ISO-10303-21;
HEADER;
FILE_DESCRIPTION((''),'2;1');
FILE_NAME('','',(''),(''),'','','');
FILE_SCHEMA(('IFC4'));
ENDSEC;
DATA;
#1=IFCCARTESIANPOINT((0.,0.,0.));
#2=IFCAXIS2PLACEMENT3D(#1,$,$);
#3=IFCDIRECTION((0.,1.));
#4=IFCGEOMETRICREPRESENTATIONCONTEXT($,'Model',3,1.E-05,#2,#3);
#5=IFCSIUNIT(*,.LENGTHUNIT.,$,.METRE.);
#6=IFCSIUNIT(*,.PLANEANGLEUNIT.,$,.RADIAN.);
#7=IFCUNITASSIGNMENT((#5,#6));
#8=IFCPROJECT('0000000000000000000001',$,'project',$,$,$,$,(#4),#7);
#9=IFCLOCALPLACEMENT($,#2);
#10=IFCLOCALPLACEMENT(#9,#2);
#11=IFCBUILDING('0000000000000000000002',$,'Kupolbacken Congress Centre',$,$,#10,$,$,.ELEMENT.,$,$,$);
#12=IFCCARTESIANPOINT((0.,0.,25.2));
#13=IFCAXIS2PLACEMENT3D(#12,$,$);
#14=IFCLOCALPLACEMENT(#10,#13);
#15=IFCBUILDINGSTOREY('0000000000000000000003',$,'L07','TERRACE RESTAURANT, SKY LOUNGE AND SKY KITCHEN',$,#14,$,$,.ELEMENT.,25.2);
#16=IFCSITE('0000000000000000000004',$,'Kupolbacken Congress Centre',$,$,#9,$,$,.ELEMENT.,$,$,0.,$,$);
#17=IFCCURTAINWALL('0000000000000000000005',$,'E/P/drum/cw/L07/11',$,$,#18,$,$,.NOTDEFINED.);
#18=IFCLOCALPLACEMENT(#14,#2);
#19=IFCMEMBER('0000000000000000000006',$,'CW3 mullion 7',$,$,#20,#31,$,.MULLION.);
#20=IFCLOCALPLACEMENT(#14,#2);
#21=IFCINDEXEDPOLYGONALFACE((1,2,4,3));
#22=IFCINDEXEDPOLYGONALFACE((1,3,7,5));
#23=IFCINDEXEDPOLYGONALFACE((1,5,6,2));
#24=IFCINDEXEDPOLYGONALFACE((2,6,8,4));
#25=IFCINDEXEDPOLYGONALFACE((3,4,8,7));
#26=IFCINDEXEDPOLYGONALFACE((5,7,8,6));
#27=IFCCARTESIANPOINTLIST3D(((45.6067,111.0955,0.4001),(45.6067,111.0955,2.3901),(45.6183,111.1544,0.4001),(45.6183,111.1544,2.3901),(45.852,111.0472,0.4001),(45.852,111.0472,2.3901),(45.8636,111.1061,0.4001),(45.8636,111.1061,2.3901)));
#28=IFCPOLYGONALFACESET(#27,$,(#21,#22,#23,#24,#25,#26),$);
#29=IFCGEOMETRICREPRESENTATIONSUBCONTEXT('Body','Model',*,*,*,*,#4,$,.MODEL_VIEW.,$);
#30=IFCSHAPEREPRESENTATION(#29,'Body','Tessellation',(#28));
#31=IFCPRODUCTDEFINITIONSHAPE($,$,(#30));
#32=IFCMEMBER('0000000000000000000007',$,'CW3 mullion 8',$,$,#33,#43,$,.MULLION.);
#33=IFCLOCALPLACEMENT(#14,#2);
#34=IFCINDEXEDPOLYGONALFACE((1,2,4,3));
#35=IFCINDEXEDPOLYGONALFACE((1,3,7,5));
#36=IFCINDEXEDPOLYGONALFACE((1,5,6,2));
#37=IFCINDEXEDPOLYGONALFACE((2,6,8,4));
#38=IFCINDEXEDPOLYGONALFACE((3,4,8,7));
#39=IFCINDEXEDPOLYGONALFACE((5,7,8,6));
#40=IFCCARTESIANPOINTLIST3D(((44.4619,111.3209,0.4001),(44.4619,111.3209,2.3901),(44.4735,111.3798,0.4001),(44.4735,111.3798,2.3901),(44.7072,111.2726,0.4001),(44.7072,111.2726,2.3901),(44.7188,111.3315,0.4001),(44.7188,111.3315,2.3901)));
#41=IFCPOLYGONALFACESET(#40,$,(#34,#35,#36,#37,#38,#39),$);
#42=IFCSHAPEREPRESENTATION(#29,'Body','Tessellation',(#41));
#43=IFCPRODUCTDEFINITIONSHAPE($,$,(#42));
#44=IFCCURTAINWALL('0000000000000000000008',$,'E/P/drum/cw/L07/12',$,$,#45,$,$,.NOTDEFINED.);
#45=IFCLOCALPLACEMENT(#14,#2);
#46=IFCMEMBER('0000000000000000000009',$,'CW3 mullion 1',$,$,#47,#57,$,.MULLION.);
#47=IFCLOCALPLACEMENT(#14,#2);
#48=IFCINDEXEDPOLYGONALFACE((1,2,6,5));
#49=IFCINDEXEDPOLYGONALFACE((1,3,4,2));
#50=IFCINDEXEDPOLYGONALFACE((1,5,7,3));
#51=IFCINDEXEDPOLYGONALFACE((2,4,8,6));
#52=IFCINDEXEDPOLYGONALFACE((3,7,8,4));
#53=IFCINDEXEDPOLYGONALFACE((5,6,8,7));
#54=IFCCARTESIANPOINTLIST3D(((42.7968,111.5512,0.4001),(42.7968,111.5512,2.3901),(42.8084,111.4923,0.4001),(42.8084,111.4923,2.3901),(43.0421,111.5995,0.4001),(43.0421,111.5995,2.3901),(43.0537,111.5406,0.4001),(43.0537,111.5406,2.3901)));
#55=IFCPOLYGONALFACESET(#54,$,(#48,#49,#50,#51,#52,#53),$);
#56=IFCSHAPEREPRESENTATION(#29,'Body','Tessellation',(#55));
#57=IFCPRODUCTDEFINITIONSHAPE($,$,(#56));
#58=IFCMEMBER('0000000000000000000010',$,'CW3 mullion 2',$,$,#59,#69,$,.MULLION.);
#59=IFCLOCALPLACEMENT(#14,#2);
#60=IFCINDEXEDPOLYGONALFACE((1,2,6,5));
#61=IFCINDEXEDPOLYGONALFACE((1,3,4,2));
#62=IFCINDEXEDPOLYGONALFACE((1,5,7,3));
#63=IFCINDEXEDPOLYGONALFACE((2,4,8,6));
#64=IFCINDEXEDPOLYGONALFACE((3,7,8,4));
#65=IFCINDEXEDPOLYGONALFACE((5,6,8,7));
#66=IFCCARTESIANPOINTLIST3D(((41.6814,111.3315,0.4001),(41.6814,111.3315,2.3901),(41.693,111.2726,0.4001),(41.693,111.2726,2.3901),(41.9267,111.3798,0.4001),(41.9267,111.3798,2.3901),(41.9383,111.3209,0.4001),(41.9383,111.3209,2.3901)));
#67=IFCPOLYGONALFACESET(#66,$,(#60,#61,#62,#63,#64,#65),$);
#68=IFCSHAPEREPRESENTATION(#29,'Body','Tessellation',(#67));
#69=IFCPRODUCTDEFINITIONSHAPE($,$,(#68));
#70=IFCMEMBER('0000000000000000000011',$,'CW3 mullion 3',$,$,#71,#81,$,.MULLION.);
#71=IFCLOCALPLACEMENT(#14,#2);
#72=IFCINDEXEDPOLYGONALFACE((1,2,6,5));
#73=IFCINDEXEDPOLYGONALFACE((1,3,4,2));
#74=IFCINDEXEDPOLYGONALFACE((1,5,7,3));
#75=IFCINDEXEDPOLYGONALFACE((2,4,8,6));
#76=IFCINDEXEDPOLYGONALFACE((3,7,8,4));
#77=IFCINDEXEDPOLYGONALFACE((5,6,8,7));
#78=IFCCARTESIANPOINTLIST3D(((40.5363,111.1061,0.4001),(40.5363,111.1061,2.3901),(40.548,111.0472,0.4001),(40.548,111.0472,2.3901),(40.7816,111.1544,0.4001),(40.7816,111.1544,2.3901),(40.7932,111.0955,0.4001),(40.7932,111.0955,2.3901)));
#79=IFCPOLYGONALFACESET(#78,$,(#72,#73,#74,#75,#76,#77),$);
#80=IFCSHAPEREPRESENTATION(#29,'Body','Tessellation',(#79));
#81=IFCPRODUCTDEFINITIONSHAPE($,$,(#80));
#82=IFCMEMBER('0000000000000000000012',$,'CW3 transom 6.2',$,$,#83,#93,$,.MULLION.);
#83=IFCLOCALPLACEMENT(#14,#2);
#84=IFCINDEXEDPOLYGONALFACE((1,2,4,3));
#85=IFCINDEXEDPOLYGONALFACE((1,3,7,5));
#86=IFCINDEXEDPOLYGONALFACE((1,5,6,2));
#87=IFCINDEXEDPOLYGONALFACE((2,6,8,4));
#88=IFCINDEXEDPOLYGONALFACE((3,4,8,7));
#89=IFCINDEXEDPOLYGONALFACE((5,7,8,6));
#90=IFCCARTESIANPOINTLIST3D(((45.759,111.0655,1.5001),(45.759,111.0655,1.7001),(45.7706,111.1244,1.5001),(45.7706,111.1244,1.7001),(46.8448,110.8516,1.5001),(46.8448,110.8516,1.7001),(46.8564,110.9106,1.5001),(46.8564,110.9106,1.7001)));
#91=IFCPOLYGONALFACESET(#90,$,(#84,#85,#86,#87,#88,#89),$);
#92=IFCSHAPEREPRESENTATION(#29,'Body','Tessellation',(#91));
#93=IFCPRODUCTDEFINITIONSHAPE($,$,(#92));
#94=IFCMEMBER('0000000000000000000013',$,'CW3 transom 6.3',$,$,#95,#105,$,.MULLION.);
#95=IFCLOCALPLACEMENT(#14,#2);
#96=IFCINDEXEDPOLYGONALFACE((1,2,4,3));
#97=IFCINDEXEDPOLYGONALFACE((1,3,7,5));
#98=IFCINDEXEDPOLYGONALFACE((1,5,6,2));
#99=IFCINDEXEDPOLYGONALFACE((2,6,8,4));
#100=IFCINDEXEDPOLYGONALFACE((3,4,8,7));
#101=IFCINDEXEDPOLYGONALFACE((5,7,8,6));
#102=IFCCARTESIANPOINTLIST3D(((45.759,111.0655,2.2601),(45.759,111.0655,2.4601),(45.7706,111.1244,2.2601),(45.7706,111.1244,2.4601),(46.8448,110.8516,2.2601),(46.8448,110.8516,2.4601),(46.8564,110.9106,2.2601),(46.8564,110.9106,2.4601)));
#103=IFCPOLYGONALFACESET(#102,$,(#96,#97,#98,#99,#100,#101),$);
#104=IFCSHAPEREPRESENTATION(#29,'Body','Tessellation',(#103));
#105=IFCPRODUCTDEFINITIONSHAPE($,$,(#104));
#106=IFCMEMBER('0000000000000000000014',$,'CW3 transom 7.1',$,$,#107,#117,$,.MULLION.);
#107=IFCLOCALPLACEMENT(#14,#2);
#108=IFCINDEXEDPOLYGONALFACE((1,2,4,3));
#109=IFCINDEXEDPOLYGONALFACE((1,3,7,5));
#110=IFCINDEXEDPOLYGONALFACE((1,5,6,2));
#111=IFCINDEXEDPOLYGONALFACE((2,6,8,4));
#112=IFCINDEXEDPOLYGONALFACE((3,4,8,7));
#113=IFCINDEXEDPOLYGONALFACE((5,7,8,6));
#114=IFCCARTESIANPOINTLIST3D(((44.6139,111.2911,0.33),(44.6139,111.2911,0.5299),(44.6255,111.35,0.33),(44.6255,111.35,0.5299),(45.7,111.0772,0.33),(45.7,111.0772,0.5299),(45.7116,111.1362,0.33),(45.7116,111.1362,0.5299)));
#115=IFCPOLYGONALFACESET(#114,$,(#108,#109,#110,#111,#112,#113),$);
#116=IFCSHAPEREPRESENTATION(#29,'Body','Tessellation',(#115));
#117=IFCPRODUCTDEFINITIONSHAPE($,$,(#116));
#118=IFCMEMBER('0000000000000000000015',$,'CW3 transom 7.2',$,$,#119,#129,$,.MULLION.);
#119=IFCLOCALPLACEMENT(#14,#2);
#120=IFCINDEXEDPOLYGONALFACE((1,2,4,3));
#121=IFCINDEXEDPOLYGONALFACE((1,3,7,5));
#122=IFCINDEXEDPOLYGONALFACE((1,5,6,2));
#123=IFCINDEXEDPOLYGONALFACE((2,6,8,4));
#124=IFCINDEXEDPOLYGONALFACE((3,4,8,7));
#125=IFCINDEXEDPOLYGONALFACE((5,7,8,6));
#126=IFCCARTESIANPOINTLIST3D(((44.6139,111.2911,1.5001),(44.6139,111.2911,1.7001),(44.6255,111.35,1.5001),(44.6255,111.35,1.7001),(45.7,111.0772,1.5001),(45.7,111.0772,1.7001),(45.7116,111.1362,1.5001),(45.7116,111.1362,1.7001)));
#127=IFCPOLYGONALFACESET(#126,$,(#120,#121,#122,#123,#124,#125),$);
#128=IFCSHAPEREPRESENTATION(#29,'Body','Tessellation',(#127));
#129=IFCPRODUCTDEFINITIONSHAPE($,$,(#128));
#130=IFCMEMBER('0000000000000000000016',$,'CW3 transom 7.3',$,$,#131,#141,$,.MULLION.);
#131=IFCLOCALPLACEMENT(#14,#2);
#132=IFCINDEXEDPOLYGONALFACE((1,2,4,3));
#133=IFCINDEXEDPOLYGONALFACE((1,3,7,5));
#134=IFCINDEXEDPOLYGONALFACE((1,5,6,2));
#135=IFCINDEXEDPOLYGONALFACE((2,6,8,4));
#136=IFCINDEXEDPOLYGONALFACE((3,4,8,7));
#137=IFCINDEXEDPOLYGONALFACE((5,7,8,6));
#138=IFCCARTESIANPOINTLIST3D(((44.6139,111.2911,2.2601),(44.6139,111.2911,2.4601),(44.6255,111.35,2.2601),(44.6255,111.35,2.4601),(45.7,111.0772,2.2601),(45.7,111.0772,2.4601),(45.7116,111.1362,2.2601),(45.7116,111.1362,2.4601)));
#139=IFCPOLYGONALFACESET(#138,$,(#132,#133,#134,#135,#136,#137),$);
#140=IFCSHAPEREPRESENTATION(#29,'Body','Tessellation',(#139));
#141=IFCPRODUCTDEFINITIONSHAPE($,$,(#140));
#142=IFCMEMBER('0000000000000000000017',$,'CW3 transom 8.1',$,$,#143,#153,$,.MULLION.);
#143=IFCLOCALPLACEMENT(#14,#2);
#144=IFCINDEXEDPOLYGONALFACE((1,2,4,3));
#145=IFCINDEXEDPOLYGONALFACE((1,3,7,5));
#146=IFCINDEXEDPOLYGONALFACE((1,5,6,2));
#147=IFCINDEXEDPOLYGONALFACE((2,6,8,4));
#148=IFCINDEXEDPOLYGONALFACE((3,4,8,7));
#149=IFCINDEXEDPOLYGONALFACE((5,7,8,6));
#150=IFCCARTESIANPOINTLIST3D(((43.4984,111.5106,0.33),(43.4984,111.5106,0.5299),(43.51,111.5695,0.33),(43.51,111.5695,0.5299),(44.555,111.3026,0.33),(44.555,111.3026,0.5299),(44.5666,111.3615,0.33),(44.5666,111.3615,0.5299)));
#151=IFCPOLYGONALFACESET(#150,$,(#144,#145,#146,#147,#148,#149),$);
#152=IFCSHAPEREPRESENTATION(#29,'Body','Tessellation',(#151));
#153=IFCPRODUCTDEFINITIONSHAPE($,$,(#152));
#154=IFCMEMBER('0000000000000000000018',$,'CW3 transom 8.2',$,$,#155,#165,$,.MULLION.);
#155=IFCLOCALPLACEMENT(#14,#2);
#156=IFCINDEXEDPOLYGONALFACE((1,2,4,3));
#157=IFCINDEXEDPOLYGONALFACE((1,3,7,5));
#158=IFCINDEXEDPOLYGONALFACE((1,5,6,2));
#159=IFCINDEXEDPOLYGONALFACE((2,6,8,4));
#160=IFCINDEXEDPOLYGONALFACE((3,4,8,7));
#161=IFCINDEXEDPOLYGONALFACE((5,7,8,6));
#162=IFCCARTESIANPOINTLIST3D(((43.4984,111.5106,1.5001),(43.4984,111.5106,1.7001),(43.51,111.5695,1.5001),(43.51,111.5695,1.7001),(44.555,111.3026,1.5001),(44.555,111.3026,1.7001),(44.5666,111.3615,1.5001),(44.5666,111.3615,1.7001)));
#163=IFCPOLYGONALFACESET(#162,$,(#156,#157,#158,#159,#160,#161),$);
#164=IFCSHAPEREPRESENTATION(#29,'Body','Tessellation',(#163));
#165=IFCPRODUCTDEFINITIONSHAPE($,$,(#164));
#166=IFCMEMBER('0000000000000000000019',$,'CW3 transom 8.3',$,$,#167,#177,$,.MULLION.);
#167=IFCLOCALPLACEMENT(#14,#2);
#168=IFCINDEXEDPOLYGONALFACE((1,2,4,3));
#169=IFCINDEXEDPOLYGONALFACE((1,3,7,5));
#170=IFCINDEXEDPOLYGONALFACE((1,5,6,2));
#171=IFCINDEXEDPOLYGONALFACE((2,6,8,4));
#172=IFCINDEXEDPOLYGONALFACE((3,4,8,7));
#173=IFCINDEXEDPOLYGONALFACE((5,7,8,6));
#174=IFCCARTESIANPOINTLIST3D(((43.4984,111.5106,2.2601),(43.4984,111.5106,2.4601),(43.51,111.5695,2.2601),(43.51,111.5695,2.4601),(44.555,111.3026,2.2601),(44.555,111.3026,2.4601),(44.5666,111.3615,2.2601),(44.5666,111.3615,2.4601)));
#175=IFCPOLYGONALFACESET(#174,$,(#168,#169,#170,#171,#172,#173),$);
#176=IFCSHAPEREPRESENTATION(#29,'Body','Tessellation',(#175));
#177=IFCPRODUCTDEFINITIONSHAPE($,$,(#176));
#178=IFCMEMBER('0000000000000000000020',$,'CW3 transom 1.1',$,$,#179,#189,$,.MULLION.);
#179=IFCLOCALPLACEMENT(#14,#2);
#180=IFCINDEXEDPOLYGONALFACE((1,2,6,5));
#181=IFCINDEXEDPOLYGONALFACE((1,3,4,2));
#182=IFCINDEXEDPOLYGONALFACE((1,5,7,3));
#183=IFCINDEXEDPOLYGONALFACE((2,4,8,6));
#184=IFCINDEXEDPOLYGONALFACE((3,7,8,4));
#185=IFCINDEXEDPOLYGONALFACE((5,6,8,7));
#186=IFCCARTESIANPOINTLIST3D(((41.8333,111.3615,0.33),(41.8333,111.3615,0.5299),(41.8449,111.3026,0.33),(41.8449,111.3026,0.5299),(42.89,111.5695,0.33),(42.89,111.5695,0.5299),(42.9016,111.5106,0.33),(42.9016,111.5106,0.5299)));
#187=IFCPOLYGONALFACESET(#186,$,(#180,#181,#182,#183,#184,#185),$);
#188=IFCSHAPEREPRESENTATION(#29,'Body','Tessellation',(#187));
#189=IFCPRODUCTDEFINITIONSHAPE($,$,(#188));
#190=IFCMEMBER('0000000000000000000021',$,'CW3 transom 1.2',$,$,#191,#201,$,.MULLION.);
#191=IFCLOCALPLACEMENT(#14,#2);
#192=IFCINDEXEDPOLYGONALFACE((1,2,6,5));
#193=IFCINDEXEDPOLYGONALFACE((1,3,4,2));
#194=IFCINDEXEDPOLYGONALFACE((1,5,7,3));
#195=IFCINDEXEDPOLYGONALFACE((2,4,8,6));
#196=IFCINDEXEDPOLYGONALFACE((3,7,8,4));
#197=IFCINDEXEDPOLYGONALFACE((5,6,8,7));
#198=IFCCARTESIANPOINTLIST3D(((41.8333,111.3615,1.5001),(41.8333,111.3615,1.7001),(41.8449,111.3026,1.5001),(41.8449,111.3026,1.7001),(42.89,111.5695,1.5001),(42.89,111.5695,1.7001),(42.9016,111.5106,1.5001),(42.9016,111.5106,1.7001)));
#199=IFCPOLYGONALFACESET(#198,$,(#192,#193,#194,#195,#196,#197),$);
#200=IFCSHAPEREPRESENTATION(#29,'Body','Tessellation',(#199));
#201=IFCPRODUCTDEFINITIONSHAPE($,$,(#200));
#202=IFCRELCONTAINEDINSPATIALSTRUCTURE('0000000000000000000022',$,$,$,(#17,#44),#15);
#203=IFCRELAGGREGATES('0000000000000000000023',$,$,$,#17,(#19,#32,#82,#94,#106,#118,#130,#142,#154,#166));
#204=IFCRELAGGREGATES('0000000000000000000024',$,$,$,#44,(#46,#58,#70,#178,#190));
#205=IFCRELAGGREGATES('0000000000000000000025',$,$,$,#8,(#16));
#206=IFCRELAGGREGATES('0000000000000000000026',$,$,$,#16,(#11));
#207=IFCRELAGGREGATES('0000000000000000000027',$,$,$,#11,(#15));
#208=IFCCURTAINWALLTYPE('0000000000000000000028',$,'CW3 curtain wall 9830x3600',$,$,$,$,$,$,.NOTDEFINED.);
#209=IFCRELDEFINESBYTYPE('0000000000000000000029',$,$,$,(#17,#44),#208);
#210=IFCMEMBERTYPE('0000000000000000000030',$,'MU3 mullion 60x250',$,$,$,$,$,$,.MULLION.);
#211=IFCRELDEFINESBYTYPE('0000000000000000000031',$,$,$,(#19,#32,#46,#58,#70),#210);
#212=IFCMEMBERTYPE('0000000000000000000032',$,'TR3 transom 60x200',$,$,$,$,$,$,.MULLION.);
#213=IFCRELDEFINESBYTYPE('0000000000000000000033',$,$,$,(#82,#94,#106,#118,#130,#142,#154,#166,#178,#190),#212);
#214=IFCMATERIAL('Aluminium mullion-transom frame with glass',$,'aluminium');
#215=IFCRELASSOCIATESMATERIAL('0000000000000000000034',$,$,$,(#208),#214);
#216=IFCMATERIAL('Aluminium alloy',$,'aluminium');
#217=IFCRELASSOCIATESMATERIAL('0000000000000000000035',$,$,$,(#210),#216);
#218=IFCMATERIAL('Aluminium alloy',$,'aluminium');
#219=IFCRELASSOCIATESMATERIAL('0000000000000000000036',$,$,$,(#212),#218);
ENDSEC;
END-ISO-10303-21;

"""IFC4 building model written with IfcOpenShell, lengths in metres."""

from ifc_helpers import new_model, si_unit, direction, frame, origin, origin_2d, place, context, subcontext, project, spatial, rectangle, extrude, material, material_profile, profile_set, type_object, element, aggregate, save


model = new_model("IFC4")

# Units and contexts
model_context = context("Model", 3, precision=1e-05, world=origin(), true_north=direction((0.0, 1.0)))
body_context = subcontext(model_context, "Body", "Model", "MODEL_VIEW")
ifc_project = project(units=[si_unit("LENGTHUNIT", "METRE"), si_unit("PLANEANGLEUNIT", "RADIAN")], contexts=[model_context])

# Site, building, storey
site_placement = place(None, origin())
site = spatial("IfcSite", under=ifc_project, at=site_placement, Name="Kupolbacken Congress Centre", CompositionType="ELEMENT", RefElevation=0.0)
building_placement = place(site_placement, origin())
building = spatial("IfcBuilding", under=site, at=building_placement, Name="Kupolbacken Congress Centre", CompositionType="ELEMENT")
storey_placement = place(building_placement, frame((0.0, 0.0, 25.2)))
storey = spatial("IfcBuildingStorey", under=building, at=storey_placement, Name="L07", Description="TERRACE RESTAURANT, SKY LOUNGE AND SKY KITCHEN", CompositionType="ELEMENT", Elevation=25.2)

# Curtain walls, members
ifc_material_1 = material(Name="Aluminium mullion-transom frame with glass", Category="aluminium")
curtain_wall_type = type_object("IfcCurtainWallType", Name="CW3 curtain wall 9830x3600", PredefinedType="NOTDEFINED", material=ifc_material_1)
curtain_wall_1_placement = place(storey_placement, origin())
curtain_wall_1 = element("IfcCurtainWall", 1, at=curtain_wall_1_placement, inside=storey, type_object=curtain_wall_type, Name="E/P/drum/cw/L07/11", PredefinedType="NOTDEFINED")
ifc_material_2 = material(Name="Aluminium alloy", Category="aluminium")
ifc_material_profile_1 = material_profile(ifc_material_2, rectangle(XDim=0.0601, YDim=0.25, at=origin_2d()), Name="60 x 250")
ifc_profile_set_1 = profile_set([ifc_material_profile_1], Name="Aluminium alloy")
member_type_1 = type_object("IfcMemberType", Name="MU3 mullion 60x250", PredefinedType="MULLION", material=ifc_profile_set_1)
member_1_placement = place(storey_placement, frame((45.7351, 111.1008, 0.4001), z_axis=(0.0, 0.0, 1.0), x_axis=(-0.193182, -0.981163, 0.0)))
member_1 = element("IfcMember", 2, at=member_1_placement, type_object=member_type_1, Name="CW3 mullion 7", PredefinedType="MULLION", context=body_context, shape_type="SweptSolid", body=[
    extrude(rectangle(XDim=0.0601, YDim=0.25, at=origin_2d()), origin(), (0.0, 0.0, 1.0), 1.99),
])
member_2_placement = place(storey_placement, frame((44.5903, 111.3262, 0.4001), z_axis=(0.0, 0.0, 1.0), x_axis=(-0.193182, -0.981163, 0.0)))
member_2 = element("IfcMember", 3, at=member_2_placement, type_object=member_type_1, Name="CW3 mullion 8", PredefinedType="MULLION", context=body_context, shape_type="SweptSolid", body=[
    extrude(rectangle(XDim=0.0601, YDim=0.25, at=origin_2d()), origin(), (0.0, 0.0, 1.0), 1.99),
])
curtain_wall_2_placement = place(storey_placement, origin())
curtain_wall_2 = element("IfcCurtainWall", 4, at=curtain_wall_2_placement, inside=storey, type_object=curtain_wall_type, Name="E/P/drum/cw/L07/12", PredefinedType="NOTDEFINED")
member_3_placement = place(storey_placement, frame((42.9253, 111.5459, 0.4001), z_axis=(0.0, 0.0, 1.0), x_axis=(0.193182, -0.981163, 0.0)))
member_3 = element("IfcMember", 5, at=member_3_placement, type_object=member_type_1, Name="CW3 mullion 1", PredefinedType="MULLION", context=body_context, shape_type="SweptSolid", body=[
    extrude(rectangle(XDim=0.0601, YDim=0.25, at=origin_2d()), origin(), (0.0, 0.0, 1.0), 1.99),
])
member_4_placement = place(storey_placement, frame((41.8098, 111.3262, 0.4001), z_axis=(0.0, 0.0, 1.0), x_axis=(0.193182, -0.981163, 0.0)))
member_4 = element("IfcMember", 6, at=member_4_placement, type_object=member_type_1, Name="CW3 mullion 2", PredefinedType="MULLION", context=body_context, shape_type="SweptSolid", body=[
    extrude(rectangle(XDim=0.0601, YDim=0.25, at=origin_2d()), origin(), (0.0, 0.0, 1.0), 1.99),
])
member_5_placement = place(storey_placement, frame((40.6648, 111.1008, 0.4001), z_axis=(0.0, 0.0, 1.0), x_axis=(0.193182, -0.981163, 0.0)))
member_5 = element("IfcMember", 7, at=member_5_placement, type_object=member_type_1, Name="CW3 mullion 3", PredefinedType="MULLION", context=body_context, shape_type="SweptSolid", body=[
    extrude(rectangle(XDim=0.0601, YDim=0.25, at=origin_2d()), origin(), (0.0, 0.0, 1.0), 1.99),
])

# Members
ifc_material_3 = material(Name="Aluminium alloy", Category="aluminium")
ifc_material_profile_2 = material_profile(ifc_material_3, rectangle(XDim=0.0601, YDim=0.2, at=origin_2d()), Name="60 x 200")
ifc_profile_set_2 = profile_set([ifc_material_profile_2], Name="Aluminium alloy")
member_type_2 = type_object("IfcMemberType", Name="TR3 transom 60x200", PredefinedType="MULLION", material=ifc_profile_set_2)
member_6_placement = place(storey_placement, frame((46.8506, 110.8811, 1.6001), z_axis=(-0.981153, 0.193231, 0.0), x_axis=(-0.193231, -0.981153, 0.0)))
member_6 = element("IfcMember", 8, at=member_6_placement, type_object=member_type_2, Name="CW3 transom 6.2", PredefinedType="MULLION", context=body_context, shape_type="SweptSolid", body=[
    extrude(rectangle(XDim=0.0601, YDim=0.2, at=origin_2d()), origin(), (0.0, 0.0, 1.0), 1.1067),
])
member_7_placement = place(storey_placement, frame((46.8506, 110.8811, 2.3601), z_axis=(-0.981153, 0.193231, 0.0), x_axis=(-0.193231, -0.981153, 0.0)))
member_7 = element("IfcMember", 9, at=member_7_placement, type_object=member_type_2, Name="CW3 transom 6.3", PredefinedType="MULLION", context=body_context, shape_type="SweptSolid", body=[
    extrude(rectangle(XDim=0.0601, YDim=0.2, at=origin_2d()), origin(), (0.0, 0.0, 1.0), 1.1067),
])
member_8_placement = place(storey_placement, frame((45.7058, 111.1067, 0.4299), z_axis=(-0.981162, 0.193189, 0.0), x_axis=(-0.193189, -0.981162, 0.0)))
member_8 = element("IfcMember", 10, at=member_8_placement, type_object=member_type_2, Name="CW3 transom 7.1", PredefinedType="MULLION", context=body_context, shape_type="SweptSolid", body=[
    extrude(rectangle(XDim=0.0601, YDim=0.2, at=origin_2d()), origin(), (0.0, 0.0, 1.0), 1.1069),
])
member_9_placement = place(storey_placement, frame((45.7058, 111.1067, 1.6001), z_axis=(-0.981162, 0.193189, 0.0), x_axis=(-0.193189, -0.981162, 0.0)))
member_9 = element("IfcMember", 11, at=member_9_placement, type_object=member_type_2, Name="CW3 transom 7.2", PredefinedType="MULLION", context=body_context, shape_type="SweptSolid", body=[
    extrude(rectangle(XDim=0.0601, YDim=0.2, at=origin_2d()), origin(), (0.0, 0.0, 1.0), 1.1069),
])
member_10_placement = place(storey_placement, frame((45.7058, 111.1067, 2.3601), z_axis=(-0.981162, 0.193189, 0.0), x_axis=(-0.193189, -0.981162, 0.0)))
member_10 = element("IfcMember", 12, at=member_10_placement, type_object=member_type_2, Name="CW3 transom 7.3", PredefinedType="MULLION", context=body_context, shape_type="SweptSolid", body=[
    extrude(rectangle(XDim=0.0601, YDim=0.2, at=origin_2d()), origin(), (0.0, 0.0, 1.0), 1.1069),
])
member_11_placement = place(storey_placement, frame((44.5608, 111.332, 0.4299), z_axis=(-0.981169, 0.193151, 0.0), x_axis=(-0.193151, -0.981169, 0.0)))
member_11 = element("IfcMember", 13, at=member_11_placement, type_object=member_type_2, Name="CW3 transom 8.1", PredefinedType="MULLION", context=body_context, shape_type="SweptSolid", body=[
    extrude(rectangle(XDim=0.0601, YDim=0.2, at=origin_2d()), origin(), (0.0, 0.0, 1.0), 1.0769),
])
member_12_placement = place(storey_placement, frame((44.5608, 111.332, 1.6001), z_axis=(-0.981169, 0.193151, 0.0), x_axis=(-0.193151, -0.981169, 0.0)))
member_12 = element("IfcMember", 14, at=member_12_placement, type_object=member_type_2, Name="CW3 transom 8.2", PredefinedType="MULLION", context=body_context, shape_type="SweptSolid", body=[
    extrude(rectangle(XDim=0.0601, YDim=0.2, at=origin_2d()), origin(), (0.0, 0.0, 1.0), 1.0769),
])
member_13_placement = place(storey_placement, frame((44.5608, 111.332, 2.3601), z_axis=(-0.981169, 0.193151, 0.0), x_axis=(-0.193151, -0.981169, 0.0)))
member_13 = element("IfcMember", 15, at=member_13_placement, type_object=member_type_2, Name="CW3 transom 8.3", PredefinedType="MULLION", context=body_context, shape_type="SweptSolid", body=[
    extrude(rectangle(XDim=0.0601, YDim=0.2, at=origin_2d()), origin(), (0.0, 0.0, 1.0), 1.0769),
])
member_14_placement = place(storey_placement, frame((42.8958, 111.54, 0.4299), z_axis=(-0.981169, -0.193151, 0.0), x_axis=(0.193151, -0.981169, 0.0)))
member_14 = element("IfcMember", 16, at=member_14_placement, type_object=member_type_2, Name="CW3 transom 1.1", PredefinedType="MULLION", context=body_context, shape_type="SweptSolid", body=[
    extrude(rectangle(XDim=0.0601, YDim=0.2, at=origin_2d()), origin(), (0.0, 0.0, 1.0), 1.0769),
])
member_15_placement = place(storey_placement, frame((42.8958, 111.54, 1.6001), z_axis=(-0.981169, -0.193151, 0.0), x_axis=(0.193151, -0.981169, 0.0)))
member_15 = element("IfcMember", 17, at=member_15_placement, type_object=member_type_2, Name="CW3 transom 1.2", PredefinedType="MULLION", context=body_context, shape_type="SweptSolid", body=[
    extrude(rectangle(XDim=0.0601, YDim=0.2, at=origin_2d()), origin(), (0.0, 0.0, 1.0), 1.0769),
])

aggregate(curtain_wall_1, [member_1, member_2, member_6, member_7, member_8, member_9, member_10, member_11, member_12, member_13])
aggregate(curtain_wall_2, [member_3, member_4, member_5, member_14, member_15])

save(model, "model.ifc")
